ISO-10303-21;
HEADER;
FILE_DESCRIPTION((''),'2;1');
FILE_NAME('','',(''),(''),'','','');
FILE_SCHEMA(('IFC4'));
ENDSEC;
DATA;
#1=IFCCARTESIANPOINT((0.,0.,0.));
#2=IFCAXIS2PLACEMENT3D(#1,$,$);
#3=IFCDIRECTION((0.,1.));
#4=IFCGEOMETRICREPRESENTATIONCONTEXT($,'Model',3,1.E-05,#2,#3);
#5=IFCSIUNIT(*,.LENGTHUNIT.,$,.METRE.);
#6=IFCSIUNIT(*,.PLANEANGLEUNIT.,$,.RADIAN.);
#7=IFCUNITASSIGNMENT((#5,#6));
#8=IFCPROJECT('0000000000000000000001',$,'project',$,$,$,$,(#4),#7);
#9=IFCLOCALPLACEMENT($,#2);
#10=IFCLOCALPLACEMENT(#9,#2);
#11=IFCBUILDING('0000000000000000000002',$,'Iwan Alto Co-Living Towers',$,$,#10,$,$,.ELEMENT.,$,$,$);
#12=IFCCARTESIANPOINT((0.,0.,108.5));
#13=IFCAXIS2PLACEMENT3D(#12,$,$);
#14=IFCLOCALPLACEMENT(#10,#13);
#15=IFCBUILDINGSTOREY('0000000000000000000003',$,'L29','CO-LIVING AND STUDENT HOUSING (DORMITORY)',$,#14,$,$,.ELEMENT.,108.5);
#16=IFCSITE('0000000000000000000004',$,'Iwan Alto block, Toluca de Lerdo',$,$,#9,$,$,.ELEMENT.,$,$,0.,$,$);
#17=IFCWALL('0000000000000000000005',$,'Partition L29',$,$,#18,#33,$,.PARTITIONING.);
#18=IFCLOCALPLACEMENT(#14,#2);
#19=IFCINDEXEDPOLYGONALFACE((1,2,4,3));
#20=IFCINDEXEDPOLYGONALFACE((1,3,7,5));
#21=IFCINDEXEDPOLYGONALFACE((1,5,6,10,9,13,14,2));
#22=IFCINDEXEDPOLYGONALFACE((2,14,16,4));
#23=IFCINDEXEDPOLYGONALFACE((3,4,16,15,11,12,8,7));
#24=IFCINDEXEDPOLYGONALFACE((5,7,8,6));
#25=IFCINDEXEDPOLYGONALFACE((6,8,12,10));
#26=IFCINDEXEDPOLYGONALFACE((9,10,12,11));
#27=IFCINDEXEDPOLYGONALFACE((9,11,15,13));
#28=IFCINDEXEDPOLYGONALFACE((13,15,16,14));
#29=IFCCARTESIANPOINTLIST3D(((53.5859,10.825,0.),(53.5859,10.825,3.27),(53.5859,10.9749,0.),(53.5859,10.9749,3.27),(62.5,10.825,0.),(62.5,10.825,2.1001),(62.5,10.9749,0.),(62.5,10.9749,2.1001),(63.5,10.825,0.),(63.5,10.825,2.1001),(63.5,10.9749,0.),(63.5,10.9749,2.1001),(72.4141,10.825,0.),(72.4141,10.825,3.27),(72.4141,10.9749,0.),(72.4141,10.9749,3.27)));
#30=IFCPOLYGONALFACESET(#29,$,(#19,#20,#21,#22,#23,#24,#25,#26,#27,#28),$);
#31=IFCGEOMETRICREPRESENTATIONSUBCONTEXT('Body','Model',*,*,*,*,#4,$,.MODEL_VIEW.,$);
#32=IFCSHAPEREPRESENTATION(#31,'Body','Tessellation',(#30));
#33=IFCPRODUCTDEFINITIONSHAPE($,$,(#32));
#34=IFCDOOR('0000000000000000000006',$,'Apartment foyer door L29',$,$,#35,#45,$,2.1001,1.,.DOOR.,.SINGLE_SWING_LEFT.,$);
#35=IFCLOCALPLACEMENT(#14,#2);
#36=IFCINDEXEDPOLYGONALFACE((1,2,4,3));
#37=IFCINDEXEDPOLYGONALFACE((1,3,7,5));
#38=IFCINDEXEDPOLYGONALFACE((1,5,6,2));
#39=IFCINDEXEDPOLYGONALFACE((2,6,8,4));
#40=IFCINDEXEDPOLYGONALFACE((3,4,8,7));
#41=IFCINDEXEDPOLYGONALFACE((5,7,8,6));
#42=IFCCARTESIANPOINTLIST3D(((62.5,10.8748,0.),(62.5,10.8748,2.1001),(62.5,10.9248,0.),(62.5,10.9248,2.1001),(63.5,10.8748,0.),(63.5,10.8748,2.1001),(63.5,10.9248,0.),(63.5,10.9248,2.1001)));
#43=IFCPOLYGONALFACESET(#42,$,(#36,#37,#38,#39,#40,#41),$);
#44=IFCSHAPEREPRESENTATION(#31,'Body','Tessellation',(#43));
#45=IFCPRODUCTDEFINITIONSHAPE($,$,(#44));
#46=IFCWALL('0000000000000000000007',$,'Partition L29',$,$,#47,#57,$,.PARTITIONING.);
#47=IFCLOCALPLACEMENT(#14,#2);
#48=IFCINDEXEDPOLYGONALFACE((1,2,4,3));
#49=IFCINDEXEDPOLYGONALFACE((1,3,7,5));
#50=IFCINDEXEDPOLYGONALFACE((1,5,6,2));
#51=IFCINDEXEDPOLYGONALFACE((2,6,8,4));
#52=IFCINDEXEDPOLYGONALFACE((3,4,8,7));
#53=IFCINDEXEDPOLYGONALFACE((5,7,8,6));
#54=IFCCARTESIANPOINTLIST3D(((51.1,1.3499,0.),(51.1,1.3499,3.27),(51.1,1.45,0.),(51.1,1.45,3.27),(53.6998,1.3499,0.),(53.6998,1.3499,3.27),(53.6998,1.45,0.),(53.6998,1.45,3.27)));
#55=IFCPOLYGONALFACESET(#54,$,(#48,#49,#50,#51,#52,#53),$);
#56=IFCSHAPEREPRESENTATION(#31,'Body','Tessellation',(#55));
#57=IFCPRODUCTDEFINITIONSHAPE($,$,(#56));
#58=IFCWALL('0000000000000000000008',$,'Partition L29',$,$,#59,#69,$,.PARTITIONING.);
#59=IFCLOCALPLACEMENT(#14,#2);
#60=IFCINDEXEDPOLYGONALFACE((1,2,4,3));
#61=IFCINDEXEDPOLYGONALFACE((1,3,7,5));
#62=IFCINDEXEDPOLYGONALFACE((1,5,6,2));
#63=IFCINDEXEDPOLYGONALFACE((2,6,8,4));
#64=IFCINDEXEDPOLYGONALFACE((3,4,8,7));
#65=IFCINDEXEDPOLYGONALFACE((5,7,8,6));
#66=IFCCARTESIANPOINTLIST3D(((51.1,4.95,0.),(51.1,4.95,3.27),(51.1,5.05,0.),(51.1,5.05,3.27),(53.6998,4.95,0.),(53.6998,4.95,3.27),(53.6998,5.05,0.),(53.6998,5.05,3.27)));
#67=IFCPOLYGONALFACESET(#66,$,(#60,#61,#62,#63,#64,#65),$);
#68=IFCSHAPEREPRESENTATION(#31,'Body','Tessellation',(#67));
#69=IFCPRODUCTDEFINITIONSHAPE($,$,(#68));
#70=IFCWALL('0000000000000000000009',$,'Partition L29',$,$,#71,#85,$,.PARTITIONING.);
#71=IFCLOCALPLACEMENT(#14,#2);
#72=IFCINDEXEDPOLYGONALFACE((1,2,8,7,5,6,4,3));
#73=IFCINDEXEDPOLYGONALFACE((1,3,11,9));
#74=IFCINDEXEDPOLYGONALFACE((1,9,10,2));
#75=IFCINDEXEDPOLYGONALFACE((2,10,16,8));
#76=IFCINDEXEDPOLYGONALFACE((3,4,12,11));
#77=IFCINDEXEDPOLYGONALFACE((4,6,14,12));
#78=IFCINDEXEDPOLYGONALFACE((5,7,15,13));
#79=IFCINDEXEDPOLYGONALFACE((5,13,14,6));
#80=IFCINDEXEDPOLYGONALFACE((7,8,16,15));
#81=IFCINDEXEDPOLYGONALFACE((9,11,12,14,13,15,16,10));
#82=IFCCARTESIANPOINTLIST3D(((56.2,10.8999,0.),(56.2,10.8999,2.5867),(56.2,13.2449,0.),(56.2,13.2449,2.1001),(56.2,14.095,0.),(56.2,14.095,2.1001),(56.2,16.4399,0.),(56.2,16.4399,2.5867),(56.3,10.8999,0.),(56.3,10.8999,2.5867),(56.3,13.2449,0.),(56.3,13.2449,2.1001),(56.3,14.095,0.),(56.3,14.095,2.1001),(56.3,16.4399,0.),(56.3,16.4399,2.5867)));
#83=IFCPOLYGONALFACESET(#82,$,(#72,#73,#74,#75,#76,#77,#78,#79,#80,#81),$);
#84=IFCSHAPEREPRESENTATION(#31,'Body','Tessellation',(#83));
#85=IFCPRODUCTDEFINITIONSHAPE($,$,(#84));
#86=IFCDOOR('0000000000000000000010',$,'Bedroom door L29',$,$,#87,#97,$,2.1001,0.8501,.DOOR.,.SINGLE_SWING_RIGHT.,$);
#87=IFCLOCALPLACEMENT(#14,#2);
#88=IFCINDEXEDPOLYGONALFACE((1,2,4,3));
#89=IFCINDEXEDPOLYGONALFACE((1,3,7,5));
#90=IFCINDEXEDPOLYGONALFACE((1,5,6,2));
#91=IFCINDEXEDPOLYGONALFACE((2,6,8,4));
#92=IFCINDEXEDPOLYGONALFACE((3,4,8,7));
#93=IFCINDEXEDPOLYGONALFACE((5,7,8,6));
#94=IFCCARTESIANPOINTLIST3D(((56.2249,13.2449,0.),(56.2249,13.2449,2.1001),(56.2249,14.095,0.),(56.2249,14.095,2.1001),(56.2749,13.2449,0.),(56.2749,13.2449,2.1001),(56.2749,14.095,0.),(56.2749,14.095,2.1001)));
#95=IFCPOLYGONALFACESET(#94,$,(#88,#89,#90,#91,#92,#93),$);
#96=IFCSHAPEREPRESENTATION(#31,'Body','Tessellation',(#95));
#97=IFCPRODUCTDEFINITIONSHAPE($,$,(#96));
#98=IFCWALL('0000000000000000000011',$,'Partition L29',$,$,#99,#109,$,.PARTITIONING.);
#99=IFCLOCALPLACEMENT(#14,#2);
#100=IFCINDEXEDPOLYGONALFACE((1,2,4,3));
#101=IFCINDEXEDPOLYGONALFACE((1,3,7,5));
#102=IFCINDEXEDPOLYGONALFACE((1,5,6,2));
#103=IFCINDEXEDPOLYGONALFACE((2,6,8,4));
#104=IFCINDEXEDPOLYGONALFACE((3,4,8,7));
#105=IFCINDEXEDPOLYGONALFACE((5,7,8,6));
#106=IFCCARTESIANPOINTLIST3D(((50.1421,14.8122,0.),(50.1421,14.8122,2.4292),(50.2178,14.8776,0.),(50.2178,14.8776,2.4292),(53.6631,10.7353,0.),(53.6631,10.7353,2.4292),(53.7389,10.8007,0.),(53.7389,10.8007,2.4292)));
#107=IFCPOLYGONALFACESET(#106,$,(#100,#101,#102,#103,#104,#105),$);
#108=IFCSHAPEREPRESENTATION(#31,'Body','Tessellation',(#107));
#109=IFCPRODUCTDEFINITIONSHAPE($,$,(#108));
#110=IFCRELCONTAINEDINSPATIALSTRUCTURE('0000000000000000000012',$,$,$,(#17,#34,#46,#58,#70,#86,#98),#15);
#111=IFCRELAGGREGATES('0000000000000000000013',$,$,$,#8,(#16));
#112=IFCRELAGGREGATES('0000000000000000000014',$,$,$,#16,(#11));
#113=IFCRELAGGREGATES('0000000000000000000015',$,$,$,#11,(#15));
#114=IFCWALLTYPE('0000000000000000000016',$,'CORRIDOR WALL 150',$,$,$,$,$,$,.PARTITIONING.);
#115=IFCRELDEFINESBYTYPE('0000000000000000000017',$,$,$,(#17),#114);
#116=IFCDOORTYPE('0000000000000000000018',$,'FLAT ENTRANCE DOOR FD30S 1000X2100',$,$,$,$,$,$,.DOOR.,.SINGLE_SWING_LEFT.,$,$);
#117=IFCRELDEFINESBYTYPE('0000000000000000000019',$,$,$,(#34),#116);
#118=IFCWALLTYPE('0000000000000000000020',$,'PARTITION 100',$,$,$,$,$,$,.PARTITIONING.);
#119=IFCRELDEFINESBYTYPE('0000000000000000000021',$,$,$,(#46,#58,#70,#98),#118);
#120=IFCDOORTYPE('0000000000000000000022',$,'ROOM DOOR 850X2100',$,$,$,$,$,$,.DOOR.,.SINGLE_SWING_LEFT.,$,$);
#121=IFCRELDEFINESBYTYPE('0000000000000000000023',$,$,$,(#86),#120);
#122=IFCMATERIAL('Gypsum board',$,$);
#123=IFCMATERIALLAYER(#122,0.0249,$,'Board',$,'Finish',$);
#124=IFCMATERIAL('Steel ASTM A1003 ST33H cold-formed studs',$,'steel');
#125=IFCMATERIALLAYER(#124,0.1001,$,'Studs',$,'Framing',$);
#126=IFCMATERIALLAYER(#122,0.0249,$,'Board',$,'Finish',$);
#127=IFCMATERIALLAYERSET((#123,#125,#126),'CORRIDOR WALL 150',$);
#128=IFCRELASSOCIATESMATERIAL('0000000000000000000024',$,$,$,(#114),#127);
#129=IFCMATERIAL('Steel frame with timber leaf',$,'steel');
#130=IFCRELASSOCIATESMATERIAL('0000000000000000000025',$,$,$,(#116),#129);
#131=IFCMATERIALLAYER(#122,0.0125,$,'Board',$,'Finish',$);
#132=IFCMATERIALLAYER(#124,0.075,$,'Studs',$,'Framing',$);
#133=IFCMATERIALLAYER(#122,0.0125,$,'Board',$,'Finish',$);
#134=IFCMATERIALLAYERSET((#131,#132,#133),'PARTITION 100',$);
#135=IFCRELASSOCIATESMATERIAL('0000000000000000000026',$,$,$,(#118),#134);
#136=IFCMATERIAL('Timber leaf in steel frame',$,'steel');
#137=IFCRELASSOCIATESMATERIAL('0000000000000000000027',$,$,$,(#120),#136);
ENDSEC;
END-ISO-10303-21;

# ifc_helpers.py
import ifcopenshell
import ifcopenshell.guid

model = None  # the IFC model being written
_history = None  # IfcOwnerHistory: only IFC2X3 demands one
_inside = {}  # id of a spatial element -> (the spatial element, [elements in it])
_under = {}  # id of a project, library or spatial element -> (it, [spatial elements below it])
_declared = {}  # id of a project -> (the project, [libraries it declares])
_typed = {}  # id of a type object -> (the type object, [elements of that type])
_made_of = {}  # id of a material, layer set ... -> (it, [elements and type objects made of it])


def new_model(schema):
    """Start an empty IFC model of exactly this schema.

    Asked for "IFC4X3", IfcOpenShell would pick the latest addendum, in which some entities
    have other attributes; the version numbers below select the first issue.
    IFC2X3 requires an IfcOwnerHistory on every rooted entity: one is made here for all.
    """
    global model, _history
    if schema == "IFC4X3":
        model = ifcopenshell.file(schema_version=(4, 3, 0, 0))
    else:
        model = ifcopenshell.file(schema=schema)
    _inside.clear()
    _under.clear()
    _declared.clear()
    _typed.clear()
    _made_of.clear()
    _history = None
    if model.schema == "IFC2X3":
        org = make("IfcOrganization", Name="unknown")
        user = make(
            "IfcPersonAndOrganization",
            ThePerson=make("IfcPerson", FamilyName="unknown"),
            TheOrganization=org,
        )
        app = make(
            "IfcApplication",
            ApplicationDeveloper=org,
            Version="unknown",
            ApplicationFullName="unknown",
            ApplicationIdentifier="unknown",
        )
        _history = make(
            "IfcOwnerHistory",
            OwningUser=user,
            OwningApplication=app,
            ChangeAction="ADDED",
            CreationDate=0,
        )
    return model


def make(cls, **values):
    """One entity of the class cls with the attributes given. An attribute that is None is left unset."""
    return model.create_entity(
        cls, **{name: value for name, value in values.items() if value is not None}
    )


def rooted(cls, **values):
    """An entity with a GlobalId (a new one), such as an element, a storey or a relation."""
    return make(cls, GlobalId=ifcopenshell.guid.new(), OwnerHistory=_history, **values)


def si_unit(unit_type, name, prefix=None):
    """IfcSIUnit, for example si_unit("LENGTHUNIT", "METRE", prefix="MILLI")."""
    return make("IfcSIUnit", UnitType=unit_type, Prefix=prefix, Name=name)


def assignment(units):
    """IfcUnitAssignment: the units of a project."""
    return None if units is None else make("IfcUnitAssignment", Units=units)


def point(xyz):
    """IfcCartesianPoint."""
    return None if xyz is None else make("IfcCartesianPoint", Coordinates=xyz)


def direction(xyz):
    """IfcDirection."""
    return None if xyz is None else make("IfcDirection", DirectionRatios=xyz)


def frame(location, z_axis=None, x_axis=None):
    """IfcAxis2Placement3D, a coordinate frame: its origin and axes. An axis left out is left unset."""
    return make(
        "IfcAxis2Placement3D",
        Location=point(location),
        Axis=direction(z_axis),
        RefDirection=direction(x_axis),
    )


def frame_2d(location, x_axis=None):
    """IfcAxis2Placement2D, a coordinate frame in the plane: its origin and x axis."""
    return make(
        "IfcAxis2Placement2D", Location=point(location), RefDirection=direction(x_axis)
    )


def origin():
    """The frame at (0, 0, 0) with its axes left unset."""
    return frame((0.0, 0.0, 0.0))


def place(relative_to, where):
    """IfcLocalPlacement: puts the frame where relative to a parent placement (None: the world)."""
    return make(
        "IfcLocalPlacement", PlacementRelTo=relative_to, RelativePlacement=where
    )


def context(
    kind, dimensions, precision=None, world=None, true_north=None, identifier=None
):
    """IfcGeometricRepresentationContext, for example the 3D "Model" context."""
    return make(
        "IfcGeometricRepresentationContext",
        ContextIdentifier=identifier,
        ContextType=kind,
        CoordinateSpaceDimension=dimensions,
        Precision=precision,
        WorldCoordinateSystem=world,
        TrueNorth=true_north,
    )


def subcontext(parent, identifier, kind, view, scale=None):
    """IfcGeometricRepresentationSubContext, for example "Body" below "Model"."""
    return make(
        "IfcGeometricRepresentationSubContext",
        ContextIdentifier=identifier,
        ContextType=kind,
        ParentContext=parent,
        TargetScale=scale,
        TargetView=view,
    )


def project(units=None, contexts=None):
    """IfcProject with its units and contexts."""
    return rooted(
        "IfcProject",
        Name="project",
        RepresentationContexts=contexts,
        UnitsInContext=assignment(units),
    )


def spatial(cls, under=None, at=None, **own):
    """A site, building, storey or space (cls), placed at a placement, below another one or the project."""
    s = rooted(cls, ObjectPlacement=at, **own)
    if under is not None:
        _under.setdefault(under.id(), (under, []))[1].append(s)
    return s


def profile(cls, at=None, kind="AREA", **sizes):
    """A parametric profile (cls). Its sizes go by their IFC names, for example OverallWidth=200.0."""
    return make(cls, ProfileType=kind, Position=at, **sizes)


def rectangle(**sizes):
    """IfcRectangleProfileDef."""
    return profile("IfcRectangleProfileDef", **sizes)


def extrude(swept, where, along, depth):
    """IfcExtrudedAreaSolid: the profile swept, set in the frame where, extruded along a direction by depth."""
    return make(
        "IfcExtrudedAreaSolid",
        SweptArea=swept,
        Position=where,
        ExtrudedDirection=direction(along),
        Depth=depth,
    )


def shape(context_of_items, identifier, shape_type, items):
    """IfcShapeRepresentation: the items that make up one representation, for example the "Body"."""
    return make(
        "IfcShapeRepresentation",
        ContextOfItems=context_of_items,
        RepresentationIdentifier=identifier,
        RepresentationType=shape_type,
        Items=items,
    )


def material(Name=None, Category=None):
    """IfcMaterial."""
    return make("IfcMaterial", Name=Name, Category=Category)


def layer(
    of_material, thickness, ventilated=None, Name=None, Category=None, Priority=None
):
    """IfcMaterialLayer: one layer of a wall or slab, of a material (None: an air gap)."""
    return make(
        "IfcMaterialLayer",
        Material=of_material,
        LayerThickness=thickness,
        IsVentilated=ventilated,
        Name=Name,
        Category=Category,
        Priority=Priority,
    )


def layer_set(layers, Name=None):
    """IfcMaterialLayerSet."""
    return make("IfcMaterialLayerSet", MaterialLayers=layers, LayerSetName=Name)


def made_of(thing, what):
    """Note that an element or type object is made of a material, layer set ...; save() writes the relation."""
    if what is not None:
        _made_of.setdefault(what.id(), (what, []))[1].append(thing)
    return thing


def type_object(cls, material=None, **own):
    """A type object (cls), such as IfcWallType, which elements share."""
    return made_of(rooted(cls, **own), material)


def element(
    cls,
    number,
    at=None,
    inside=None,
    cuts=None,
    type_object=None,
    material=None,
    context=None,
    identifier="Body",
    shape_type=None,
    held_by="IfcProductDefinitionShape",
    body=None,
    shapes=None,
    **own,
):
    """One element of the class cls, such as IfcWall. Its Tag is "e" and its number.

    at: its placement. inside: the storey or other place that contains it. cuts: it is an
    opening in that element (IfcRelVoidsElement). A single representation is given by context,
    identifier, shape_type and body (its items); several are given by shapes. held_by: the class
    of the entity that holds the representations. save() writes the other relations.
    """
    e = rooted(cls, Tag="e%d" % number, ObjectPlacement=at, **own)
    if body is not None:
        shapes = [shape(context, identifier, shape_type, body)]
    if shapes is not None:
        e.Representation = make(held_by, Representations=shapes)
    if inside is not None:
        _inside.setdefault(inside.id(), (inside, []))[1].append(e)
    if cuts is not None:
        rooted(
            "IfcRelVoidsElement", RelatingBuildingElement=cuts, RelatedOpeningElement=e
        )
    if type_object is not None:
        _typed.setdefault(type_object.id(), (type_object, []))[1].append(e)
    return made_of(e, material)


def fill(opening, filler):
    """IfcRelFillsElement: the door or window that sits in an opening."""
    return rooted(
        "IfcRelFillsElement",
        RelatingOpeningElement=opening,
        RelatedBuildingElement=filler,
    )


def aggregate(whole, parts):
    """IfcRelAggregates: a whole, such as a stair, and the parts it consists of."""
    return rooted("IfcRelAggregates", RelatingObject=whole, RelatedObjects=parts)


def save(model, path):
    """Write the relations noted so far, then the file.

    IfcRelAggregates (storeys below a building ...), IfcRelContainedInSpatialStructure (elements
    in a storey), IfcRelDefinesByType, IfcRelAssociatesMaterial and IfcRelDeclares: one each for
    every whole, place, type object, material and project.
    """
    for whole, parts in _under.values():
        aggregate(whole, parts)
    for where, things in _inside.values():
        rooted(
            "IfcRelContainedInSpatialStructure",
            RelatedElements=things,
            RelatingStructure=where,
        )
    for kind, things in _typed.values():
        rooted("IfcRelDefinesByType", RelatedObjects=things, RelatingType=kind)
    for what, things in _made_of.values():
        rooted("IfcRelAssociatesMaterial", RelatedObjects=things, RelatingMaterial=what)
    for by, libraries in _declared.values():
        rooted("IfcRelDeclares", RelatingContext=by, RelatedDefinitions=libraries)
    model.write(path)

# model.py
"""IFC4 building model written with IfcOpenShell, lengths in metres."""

from ifc_helpers import new_model, si_unit, direction, frame, frame_2d, origin, place, context, subcontext, project, spatial, rectangle, extrude, material, layer, layer_set, type_object, element, fill, save


model = new_model("IFC4")

# Units and contexts
model_context = context("Model", 3, precision=1e-05, world=origin(), true_north=direction((0.0, 1.0)))
body_context = subcontext(model_context, "Body", "Model", "MODEL_VIEW")
ifc_project = project(units=[si_unit("LENGTHUNIT", "METRE"), si_unit("PLANEANGLEUNIT", "RADIAN")], contexts=[model_context])

# Site, building, storey
site_placement = place(None, origin())
site = spatial("IfcSite", under=ifc_project, at=site_placement, Name="Iwan Alto block, Toluca de Lerdo", CompositionType="ELEMENT", RefElevation=0.0)
building_placement = place(site_placement, origin())
building = spatial("IfcBuilding", under=site, at=building_placement, Name="Iwan Alto Co-Living Towers", CompositionType="ELEMENT")
storey_placement = place(building_placement, frame((0.0, 0.0, 108.5)))
storey = spatial("IfcBuildingStorey", under=building, at=storey_placement, Name="L29", Description="CO-LIVING AND STUDENT HOUSING (DORMITORY)", CompositionType="ELEMENT", Elevation=108.5)

# Wall, opening, door
ifc_material_1 = material(Name="Gypsum board")
ifc_layer_1 = layer(ifc_material_1, 0.0249, Name="Board", Category="Finish")
ifc_material_2 = material(Name="Steel ASTM A1003 ST33H cold-formed studs", Category="steel")
ifc_layer_2 = layer(ifc_material_2, 0.1001, Name="Studs", Category="Framing")
ifc_layer_3 = layer(ifc_material_1, 0.0249, Name="Board", Category="Finish")
ifc_layer_set_1 = layer_set([ifc_layer_1, ifc_layer_2, ifc_layer_3], Name="CORRIDOR WALL 150")
wall_type_1 = type_object("IfcWallType", Name="CORRIDOR WALL 150", PredefinedType="PARTITIONING", material=ifc_layer_set_1)
wall_1_placement = place(storey_placement, frame((53.5859, 10.8999, 0.0), z_axis=(0.0, 0.0, 1.0), x_axis=(1.0, 0.0, 0.0)))
wall_1 = element("IfcWall", 1, at=wall_1_placement, inside=storey, type_object=wall_type_1, Name="Partition L29", PredefinedType="PARTITIONING", context=body_context, shape_type="SweptSolid", body=[
    extrude(rectangle(XDim=18.8281, YDim=0.1499, at=frame_2d((9.4141, 0.0))), origin(), (0.0, 0.0, 1.0), 3.27),
])
opening_1_placement = place(wall_1_placement, frame((8.9141, 0.0, 0.0)))
opening_1 = element("IfcOpeningElement", 2, at=opening_1_placement, cuts=wall_1, PredefinedType="OPENING", context=body_context, shape_type="SweptSolid", body=[
    extrude(rectangle(XDim=1.0, YDim=2.1001, at=frame_2d((0.5, 1.05))), frame((0.0, 0.085, 0.0), z_axis=(0.0, -1.0, 0.0), x_axis=(1.0, 0.0, 0.0)), (0.0, 0.0, 1.0), 0.1699),
])
ifc_material_3 = material(Name="Steel frame with timber leaf", Category="steel")
door_type_1 = type_object("IfcDoorType", Name="FLAT ENTRANCE DOOR FD30S 1000X2100", OperationType="SINGLE_SWING_LEFT", PredefinedType="DOOR", material=ifc_material_3)
door_1_placement = place(opening_1_placement, origin())
door_1 = element("IfcDoor", 3, at=door_1_placement, inside=storey, type_object=door_type_1, Name="Apartment foyer door L29", OperationType="SINGLE_SWING_LEFT", OverallHeight=2.1001, OverallWidth=1.0, PredefinedType="DOOR", context=body_context, shape_type="SweptSolid", body=[
    extrude(rectangle(XDim=1.0, YDim=2.1001, at=frame_2d((0.5, 1.05))), frame((0.0, 0.0249, 0.0), z_axis=(0.0, -1.0, 0.0), x_axis=(1.0, 0.0, 0.0)), (0.0, 0.0, 1.0), 0.05),
])
fill(opening_1, door_1)

# Walls
ifc_layer_4 = layer(ifc_material_1, 0.0125, Name="Board", Category="Finish")
ifc_layer_5 = layer(ifc_material_2, 0.075, Name="Studs", Category="Framing")
ifc_layer_6 = layer(ifc_material_1, 0.0125, Name="Board", Category="Finish")
ifc_layer_set_2 = layer_set([ifc_layer_4, ifc_layer_5, ifc_layer_6], Name="PARTITION 100")
wall_type_2 = type_object("IfcWallType", Name="PARTITION 100", PredefinedType="PARTITIONING", material=ifc_layer_set_2)
for number, where, z_axis, x_axis, name in (
    (4, (51.1001, 1.3999, 0.0), (0.0, 0.0, 1.0), (1.0, 0.0, 0.0), "Partition L29"),
    (5, (51.1001, 5.0, 0.0), (0.0, 0.0, 1.0), (1.0, 0.0, 0.0), "Partition L29"),
):
    element("IfcWall", number, at=place(storey_placement, frame(where, z_axis=z_axis, x_axis=x_axis)), inside=storey, type_object=wall_type_2, Name=name, PredefinedType="PARTITIONING", context=body_context, shape_type="SweptSolid", body=[
        extrude(rectangle(XDim=2.5999, YDim=0.1001, at=frame_2d((1.2998, 0.0))), origin(), (0.0, 0.0, 1.0), 3.27),
    ])

# Wall, opening, door
wall_2_placement = place(storey_placement, frame((56.25, 10.8999, 0.0), z_axis=(0.0, 0.0, 1.0), x_axis=(0.0, 1.0, 0.0)))
wall_2 = element("IfcWall", 6, at=wall_2_placement, inside=storey, type_object=wall_type_2, Name="Partition L29", PredefinedType="PARTITIONING", context=body_context, shape_type="SweptSolid", body=[
    extrude(rectangle(XDim=5.54, YDim=0.1001, at=frame_2d((2.77, 0.0))), origin(), (0.0, 0.0, 1.0), 2.5867),
])
opening_2_placement = place(wall_2_placement, frame((2.345, 0.0, 0.0)))
opening_2 = element("IfcOpeningElement", 7, at=opening_2_placement, cuts=wall_2, PredefinedType="OPENING", context=body_context, shape_type="SweptSolid", body=[
    extrude(rectangle(XDim=0.8501, YDim=2.1001, at=frame_2d((0.425, 1.05))), frame((0.0, 0.0601, 0.0), z_axis=(0.0, -1.0, 0.0), x_axis=(1.0, 0.0, 0.0)), (0.0, 0.0, 1.0), 0.1201),
])
ifc_material_4 = material(Name="Timber leaf in steel frame", Category="steel")
door_type_2 = type_object("IfcDoorType", Name="ROOM DOOR 850X2100", OperationType="SINGLE_SWING_LEFT", PredefinedType="DOOR", material=ifc_material_4)
door_2_placement = place(opening_2_placement, frame((0.8501, 0.0, 0.0), z_axis=(0.0, 0.0, 1.0), x_axis=(-1.0, 0.0, 0.0)))
door_2 = element("IfcDoor", 8, at=door_2_placement, inside=storey, type_object=door_type_2, Name="Bedroom door L29", OperationType="SINGLE_SWING_RIGHT", OverallHeight=2.1001, OverallWidth=0.8501, PredefinedType="DOOR", context=body_context, shape_type="SweptSolid", body=[
    extrude(rectangle(XDim=0.8501, YDim=2.1001, at=frame_2d((0.425, 1.05))), frame((0.0, 0.0249, 0.0), z_axis=(0.0, -1.0, 0.0), x_axis=(1.0, 0.0, 0.0)), (0.0, 0.0, 1.0), 0.05),
])
fill(opening_2, door_2)

# Wall
wall_3_placement = place(storey_placement, frame((53.7009, 10.7681, 0.0), z_axis=(0.0, 0.0, 1.0), x_axis=(-0.653623, 0.75682, 0.0)))
element("IfcWall", 9, at=wall_3_placement, inside=storey, type_object=wall_type_2, Name="Partition L29", PredefinedType="PARTITIONING", context=body_context, shape_type="SweptSolid", body=[
    extrude(rectangle(XDim=5.387, YDim=0.1001, at=frame_2d((2.6934, 0.0))), origin(), (0.0, 0.0, 1.0), 2.4292),
])

save(model, "model.ifc")
